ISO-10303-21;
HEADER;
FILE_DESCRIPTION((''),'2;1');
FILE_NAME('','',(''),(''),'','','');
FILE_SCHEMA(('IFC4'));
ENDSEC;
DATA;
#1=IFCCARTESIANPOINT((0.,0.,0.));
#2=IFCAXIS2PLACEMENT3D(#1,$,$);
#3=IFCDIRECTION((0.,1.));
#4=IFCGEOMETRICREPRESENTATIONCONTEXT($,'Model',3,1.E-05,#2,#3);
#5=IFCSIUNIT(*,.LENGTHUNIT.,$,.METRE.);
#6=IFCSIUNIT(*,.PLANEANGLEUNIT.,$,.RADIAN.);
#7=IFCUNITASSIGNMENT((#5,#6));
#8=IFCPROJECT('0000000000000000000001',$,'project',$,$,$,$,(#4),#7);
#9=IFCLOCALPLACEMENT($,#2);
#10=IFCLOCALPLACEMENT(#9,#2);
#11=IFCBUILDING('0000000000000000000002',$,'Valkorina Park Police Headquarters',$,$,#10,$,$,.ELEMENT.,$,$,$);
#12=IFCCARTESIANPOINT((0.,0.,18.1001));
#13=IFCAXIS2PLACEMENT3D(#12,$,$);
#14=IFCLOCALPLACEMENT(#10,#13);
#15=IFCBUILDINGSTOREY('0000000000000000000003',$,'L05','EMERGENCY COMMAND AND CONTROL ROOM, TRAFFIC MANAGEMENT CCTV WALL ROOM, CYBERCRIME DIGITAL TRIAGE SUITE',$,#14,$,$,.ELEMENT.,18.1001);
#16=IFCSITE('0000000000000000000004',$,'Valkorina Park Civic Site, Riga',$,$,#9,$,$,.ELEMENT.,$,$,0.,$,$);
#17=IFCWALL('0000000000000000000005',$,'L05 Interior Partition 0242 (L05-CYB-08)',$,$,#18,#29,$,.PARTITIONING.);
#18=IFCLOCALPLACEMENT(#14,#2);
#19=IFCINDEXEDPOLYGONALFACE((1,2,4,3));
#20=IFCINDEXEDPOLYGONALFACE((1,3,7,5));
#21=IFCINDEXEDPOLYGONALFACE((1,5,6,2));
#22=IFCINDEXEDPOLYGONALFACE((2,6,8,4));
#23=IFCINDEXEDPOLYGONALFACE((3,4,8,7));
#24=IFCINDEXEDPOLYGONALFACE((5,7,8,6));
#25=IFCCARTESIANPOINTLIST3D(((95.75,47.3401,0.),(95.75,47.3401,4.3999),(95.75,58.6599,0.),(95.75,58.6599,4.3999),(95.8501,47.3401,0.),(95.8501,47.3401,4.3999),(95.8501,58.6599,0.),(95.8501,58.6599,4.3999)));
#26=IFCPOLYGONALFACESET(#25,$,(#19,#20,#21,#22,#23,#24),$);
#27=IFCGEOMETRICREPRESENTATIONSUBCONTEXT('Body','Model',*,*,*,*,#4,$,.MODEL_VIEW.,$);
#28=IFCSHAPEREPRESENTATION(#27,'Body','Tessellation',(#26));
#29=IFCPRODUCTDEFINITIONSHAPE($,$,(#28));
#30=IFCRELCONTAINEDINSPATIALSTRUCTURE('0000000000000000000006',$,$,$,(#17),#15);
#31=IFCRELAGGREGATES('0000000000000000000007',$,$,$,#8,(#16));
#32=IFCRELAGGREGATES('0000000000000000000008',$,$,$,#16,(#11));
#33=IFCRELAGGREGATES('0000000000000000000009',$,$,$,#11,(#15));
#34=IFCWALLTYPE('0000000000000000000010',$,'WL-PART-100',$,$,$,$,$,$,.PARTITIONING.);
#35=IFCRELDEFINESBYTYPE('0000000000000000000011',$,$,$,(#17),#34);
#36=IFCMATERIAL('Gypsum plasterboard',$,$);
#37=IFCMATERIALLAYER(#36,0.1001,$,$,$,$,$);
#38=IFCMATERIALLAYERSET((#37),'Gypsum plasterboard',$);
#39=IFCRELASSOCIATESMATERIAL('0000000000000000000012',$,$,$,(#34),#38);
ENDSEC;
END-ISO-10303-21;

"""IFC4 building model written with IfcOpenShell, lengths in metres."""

from ifc_helpers import new_model, si_unit, direction, frame, frame_2d, origin, place, context, subcontext, project, spatial, rectangle, extrude, material, layer, layer_set, type_object, element, save


model = new_model("IFC4")

# Units and contexts
model_context = context("Model", 3, precision=1e-05, world=origin(), true_north=direction((0.0, 1.0)))
body_context = subcontext(model_context, "Body", "Model", "MODEL_VIEW")
ifc_project = project(units=[si_unit("LENGTHUNIT", "METRE"), si_unit("PLANEANGLEUNIT", "RADIAN")], contexts=[model_context])

# Site, building, storey
site_placement = place(None, origin())
site = spatial("IfcSite", under=ifc_project, at=site_placement, Name="Valkorina Park Civic Site, Riga", CompositionType="ELEMENT", RefElevation=0.0)
building_placement = place(site_placement, origin())
building = spatial("IfcBuilding", under=site, at=building_placement, Name="Valkorina Park Police Headquarters", CompositionType="ELEMENT")
storey_placement = place(building_placement, frame((0.0, 0.0, 18.1001)))
storey = spatial("IfcBuildingStorey", under=building, at=storey_placement, Name="L05", Description="EMERGENCY COMMAND AND CONTROL ROOM, TRAFFIC MANAGEMENT CCTV WALL ROOM, CYBERCRIME DIGITAL TRIAGE SUITE", CompositionType="ELEMENT", Elevation=18.1001)

# Shared definitions
ifc_material_1 = material(Name="Gypsum plasterboard")
ifc_layer_1 = layer(ifc_material_1, 0.1001)
ifc_layer_set_1 = layer_set([ifc_layer_1], Name="Gypsum plasterboard")
wall_type = type_object("IfcWallType", Name="WL-PART-100", PredefinedType="PARTITIONING", material=ifc_layer_set_1)

# Wall
wall_1_placement = place(storey_placement, frame((95.8, 47.3401, 0.0), z_axis=(0.0, 0.0, 1.0), x_axis=(0.0, 1.0, 0.0)))
element("IfcWall", 1, at=wall_1_placement, inside=storey, type_object=wall_type, Name="L05 Interior Partition 0242 (L05-CYB-08)", PredefinedType="PARTITIONING", context=body_context, shape_type="SweptSolid", body=[
    extrude(rectangle(XDim=11.3198, YDim=0.1001, at=frame_2d((5.6599, 0.0))), origin(), (0.0, 0.0, 1.0), 4.3999),
])

save(model, "model.ifc")
